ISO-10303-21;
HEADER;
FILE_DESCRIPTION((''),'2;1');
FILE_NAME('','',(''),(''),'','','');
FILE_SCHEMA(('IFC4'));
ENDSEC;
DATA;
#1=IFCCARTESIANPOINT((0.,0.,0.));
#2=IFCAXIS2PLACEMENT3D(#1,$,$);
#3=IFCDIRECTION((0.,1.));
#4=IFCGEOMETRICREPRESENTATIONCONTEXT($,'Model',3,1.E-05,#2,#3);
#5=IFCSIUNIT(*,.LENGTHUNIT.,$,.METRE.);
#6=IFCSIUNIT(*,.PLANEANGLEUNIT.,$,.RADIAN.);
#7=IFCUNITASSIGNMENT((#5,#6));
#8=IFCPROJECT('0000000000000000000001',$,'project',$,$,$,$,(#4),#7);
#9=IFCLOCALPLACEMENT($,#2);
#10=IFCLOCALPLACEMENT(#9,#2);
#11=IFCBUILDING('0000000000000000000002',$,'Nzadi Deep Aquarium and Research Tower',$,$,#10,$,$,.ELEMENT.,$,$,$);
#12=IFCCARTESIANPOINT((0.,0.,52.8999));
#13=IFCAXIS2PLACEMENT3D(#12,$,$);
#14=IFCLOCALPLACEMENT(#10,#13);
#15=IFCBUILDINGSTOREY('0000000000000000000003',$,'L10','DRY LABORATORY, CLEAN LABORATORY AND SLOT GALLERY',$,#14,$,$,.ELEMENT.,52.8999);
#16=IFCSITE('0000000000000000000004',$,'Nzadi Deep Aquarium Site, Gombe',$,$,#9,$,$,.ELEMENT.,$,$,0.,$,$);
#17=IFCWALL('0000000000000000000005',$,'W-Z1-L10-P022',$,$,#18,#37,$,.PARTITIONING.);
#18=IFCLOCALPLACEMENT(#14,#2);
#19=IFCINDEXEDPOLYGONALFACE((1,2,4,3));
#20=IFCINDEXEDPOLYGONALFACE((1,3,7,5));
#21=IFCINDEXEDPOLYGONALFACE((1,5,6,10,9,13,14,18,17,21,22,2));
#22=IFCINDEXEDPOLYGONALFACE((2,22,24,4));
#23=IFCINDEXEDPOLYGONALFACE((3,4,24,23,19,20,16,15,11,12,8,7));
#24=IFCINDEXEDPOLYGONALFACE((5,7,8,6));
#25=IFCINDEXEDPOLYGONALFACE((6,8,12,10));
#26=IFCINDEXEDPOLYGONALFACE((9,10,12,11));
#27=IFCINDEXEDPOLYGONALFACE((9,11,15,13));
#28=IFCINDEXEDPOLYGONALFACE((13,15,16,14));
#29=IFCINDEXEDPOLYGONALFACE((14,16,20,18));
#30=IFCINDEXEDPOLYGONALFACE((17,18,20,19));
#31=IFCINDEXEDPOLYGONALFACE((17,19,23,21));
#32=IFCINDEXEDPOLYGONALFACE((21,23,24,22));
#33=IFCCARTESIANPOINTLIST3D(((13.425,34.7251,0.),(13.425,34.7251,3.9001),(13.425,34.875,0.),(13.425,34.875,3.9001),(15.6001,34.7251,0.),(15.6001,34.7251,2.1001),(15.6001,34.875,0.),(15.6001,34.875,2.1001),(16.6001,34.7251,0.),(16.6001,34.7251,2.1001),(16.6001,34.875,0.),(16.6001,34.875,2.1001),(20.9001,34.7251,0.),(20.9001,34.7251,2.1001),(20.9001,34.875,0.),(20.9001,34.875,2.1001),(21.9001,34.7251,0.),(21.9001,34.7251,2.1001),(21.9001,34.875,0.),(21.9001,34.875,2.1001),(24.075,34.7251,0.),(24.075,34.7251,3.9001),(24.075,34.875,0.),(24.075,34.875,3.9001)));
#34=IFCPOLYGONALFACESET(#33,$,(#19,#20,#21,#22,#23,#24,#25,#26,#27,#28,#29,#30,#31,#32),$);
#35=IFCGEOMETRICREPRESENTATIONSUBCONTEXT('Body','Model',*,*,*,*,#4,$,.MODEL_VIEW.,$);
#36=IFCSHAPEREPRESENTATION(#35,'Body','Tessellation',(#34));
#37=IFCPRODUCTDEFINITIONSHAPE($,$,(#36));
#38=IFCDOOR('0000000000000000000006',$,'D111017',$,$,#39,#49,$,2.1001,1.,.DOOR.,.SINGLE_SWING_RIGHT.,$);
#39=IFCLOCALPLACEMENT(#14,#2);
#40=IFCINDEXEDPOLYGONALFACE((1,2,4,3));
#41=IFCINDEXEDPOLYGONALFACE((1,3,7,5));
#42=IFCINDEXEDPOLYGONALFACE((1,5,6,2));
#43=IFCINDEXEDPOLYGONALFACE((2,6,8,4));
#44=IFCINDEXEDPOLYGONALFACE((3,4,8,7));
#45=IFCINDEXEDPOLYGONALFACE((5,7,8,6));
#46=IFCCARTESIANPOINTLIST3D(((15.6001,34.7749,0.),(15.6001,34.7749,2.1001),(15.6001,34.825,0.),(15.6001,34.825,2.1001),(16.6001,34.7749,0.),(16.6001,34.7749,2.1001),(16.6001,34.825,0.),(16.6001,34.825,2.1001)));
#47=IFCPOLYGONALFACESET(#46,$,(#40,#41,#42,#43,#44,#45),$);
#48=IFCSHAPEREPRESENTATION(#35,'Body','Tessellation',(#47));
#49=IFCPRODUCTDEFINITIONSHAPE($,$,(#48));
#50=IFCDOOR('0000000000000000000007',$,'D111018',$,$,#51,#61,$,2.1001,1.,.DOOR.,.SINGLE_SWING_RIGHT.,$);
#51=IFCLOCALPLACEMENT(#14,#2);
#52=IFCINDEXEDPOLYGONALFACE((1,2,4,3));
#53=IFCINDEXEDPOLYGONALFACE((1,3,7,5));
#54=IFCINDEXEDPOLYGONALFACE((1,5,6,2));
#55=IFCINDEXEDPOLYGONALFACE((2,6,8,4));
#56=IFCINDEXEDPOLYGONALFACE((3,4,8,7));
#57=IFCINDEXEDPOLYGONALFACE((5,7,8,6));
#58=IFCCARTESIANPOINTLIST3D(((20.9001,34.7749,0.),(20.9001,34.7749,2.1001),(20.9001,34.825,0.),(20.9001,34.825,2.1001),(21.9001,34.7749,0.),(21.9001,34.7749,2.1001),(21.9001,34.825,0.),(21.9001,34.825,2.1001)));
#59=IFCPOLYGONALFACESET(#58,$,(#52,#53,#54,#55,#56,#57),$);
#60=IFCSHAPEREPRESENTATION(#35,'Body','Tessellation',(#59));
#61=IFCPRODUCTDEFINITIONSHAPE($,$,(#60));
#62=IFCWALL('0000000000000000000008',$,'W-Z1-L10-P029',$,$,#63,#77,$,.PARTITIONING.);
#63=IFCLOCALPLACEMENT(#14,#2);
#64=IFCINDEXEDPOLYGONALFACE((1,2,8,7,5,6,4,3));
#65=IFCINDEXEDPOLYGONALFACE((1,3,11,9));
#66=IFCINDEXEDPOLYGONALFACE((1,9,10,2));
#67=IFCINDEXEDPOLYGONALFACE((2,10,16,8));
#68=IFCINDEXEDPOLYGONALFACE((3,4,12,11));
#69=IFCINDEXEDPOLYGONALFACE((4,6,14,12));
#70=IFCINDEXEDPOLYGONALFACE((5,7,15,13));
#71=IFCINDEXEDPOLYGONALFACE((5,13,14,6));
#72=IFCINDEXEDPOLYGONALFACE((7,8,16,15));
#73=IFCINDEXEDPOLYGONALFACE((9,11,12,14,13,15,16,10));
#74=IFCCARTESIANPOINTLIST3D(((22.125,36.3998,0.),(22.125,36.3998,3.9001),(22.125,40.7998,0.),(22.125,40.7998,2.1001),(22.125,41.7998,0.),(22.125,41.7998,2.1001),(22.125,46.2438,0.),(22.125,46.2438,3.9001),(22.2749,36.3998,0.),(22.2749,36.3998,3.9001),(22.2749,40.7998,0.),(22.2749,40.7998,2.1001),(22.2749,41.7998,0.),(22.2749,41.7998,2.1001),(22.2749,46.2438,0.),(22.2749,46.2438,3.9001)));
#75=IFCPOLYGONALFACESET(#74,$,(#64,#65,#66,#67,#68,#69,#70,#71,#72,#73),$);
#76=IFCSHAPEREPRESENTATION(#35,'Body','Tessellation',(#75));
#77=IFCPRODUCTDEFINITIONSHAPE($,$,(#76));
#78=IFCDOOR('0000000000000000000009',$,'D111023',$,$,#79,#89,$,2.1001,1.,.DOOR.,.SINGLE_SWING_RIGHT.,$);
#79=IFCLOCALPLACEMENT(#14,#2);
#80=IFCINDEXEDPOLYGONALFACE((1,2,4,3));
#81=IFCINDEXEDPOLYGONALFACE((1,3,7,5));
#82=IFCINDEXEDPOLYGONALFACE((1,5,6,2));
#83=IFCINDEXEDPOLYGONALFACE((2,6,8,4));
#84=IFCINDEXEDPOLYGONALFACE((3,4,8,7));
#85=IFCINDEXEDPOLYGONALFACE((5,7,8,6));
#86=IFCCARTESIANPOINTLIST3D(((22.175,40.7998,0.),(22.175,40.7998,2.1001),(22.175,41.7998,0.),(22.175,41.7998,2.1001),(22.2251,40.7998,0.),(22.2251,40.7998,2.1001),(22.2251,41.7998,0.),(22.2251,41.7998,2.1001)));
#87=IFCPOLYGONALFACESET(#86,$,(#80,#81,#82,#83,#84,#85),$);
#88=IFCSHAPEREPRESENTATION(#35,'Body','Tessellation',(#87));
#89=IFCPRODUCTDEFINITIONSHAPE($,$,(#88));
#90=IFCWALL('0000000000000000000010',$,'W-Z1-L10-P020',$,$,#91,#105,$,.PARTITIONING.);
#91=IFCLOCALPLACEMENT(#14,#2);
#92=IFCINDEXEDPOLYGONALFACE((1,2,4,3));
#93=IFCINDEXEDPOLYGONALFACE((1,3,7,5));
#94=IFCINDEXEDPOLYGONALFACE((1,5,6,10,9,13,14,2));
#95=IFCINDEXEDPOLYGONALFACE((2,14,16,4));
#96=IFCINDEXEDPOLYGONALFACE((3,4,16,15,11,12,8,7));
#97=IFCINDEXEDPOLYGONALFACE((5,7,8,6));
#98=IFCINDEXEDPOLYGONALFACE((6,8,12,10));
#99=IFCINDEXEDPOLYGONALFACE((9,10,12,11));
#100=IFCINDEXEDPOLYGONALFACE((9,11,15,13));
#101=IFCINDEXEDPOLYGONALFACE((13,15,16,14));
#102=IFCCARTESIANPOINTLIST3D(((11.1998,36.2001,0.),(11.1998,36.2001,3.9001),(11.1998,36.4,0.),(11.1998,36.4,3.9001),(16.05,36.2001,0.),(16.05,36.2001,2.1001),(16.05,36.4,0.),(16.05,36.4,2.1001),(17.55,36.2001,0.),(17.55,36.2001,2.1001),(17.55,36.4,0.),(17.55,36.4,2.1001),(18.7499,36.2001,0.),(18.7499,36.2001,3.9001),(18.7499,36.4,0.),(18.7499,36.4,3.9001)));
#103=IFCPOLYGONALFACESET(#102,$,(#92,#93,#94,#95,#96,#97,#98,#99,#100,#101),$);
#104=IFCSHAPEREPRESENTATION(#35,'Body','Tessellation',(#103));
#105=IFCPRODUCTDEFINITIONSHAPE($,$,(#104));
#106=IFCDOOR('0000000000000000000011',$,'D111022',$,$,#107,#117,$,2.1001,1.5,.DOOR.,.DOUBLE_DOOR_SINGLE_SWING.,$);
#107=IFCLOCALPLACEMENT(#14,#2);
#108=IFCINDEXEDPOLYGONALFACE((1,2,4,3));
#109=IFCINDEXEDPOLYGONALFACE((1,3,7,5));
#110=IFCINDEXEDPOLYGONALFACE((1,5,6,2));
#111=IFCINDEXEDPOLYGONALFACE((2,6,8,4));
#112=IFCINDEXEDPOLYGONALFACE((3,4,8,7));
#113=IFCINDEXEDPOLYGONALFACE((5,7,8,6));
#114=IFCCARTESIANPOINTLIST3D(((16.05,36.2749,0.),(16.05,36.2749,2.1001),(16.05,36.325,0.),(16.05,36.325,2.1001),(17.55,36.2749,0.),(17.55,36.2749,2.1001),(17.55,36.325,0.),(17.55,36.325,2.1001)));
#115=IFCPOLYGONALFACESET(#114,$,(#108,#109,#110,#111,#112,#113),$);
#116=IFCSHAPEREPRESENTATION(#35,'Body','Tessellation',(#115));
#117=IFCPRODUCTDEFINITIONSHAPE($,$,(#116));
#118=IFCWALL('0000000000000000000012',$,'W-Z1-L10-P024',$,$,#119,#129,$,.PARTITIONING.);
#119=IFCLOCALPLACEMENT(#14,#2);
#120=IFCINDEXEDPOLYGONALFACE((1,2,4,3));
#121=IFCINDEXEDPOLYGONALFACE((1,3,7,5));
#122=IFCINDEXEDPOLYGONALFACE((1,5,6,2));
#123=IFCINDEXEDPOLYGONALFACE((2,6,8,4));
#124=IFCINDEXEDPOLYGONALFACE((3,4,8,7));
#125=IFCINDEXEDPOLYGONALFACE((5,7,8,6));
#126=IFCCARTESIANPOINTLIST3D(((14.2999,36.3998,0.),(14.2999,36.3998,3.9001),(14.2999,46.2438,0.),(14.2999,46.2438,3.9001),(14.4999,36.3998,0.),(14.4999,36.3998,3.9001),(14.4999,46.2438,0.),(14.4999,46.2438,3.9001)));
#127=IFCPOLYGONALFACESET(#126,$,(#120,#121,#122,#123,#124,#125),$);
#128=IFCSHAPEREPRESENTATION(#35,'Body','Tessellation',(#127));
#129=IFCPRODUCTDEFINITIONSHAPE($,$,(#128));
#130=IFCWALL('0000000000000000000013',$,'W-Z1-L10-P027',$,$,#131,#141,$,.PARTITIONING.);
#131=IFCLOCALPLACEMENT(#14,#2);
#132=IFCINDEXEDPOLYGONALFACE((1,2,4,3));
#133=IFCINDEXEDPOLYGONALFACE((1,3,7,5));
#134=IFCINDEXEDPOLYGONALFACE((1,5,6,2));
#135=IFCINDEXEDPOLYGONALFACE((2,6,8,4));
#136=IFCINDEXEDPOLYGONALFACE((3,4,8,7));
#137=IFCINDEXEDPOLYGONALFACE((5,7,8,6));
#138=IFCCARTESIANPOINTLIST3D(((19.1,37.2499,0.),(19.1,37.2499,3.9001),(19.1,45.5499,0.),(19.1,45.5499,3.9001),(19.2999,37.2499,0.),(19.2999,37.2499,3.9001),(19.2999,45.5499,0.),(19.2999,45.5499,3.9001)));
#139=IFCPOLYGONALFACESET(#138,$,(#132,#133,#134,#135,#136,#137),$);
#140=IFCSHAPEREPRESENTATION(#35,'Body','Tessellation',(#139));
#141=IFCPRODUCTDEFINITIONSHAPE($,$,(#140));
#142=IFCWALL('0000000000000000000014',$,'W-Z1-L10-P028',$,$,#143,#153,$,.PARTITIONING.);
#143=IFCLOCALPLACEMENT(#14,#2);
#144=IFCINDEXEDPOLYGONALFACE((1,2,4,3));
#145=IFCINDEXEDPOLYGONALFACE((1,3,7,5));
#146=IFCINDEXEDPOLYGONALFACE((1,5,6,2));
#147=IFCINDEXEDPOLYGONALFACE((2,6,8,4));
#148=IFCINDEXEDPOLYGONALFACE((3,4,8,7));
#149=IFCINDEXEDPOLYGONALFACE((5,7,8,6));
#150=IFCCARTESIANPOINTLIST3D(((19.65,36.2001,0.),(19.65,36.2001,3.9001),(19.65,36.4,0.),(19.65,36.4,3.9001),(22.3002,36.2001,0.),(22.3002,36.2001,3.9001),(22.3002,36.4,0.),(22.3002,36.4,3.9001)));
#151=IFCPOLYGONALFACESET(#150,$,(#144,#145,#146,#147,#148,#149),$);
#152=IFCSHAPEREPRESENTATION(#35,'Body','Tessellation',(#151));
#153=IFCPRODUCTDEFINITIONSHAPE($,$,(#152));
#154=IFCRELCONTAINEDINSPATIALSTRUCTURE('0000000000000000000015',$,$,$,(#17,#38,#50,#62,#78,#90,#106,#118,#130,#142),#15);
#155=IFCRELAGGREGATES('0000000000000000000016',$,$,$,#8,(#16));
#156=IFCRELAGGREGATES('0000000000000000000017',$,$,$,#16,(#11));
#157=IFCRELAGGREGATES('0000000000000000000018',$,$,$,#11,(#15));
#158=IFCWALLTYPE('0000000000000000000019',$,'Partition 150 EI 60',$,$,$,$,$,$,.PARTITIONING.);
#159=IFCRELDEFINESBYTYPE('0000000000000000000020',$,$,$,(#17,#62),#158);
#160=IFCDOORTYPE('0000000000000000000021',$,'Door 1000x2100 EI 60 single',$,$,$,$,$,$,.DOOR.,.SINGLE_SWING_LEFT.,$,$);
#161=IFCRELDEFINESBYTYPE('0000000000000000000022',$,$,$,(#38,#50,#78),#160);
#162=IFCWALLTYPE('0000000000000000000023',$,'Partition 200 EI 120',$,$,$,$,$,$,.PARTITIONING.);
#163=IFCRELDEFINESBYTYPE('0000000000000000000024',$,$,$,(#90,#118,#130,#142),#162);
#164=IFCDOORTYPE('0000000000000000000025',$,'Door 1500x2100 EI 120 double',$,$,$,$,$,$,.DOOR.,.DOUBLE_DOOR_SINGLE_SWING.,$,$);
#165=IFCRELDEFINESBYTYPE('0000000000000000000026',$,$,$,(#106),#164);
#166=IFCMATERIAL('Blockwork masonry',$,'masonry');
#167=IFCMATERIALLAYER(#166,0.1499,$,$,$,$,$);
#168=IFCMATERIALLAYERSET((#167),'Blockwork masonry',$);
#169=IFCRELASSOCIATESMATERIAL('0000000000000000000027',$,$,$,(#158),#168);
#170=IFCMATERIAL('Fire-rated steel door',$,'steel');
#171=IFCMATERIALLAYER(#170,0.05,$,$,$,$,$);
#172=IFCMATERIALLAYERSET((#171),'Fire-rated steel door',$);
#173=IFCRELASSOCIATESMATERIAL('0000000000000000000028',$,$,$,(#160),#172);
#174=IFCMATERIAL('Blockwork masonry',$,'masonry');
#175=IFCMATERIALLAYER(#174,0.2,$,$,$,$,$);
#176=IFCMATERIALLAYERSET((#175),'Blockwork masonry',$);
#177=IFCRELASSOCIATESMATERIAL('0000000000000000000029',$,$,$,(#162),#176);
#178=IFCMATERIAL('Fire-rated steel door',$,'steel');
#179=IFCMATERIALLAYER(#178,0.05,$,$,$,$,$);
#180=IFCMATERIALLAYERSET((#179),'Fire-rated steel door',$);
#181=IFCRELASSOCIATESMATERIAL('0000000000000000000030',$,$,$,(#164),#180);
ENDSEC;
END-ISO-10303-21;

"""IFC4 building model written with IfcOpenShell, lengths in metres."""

from ifc_helpers import new_model, si_unit, direction, frame, frame_2d, origin, place, context, subcontext, project, spatial, rectangle, extrude, material, layer, layer_set, type_object, element, fill, save


model = new_model("IFC4")

# Units and contexts
model_context = context("Model", 3, precision=1e-05, world=origin(), true_north=direction((0.0, 1.0)))
body_context = subcontext(model_context, "Body", "Model", "MODEL_VIEW")
ifc_project = project(units=[si_unit("LENGTHUNIT", "METRE"), si_unit("PLANEANGLEUNIT", "RADIAN")], contexts=[model_context])

# Site, building, storey
site_placement = place(None, origin())
site = spatial("IfcSite", under=ifc_project, at=site_placement, Name="Nzadi Deep Aquarium Site, Gombe", CompositionType="ELEMENT", RefElevation=0.0)
building_placement = place(site_placement, origin())
building = spatial("IfcBuilding", under=site, at=building_placement, Name="Nzadi Deep Aquarium and Research Tower", CompositionType="ELEMENT")
storey_placement = place(building_placement, frame((0.0, 0.0, 52.8999)))
storey = spatial("IfcBuildingStorey", under=building, at=storey_placement, Name="L10", Description="DRY LABORATORY, CLEAN LABORATORY AND SLOT GALLERY", CompositionType="ELEMENT", Elevation=52.8999)

# Shared definitions
ifc_material_1 = material(Name="Blockwork masonry", Category="masonry")
ifc_layer_1 = layer(ifc_material_1, 0.1499)
ifc_layer_set_1 = layer_set([ifc_layer_1], Name="Blockwork masonry")
wall_type_1 = type_object("IfcWallType", Name="Partition 150 EI 60", PredefinedType="PARTITIONING", material=ifc_layer_set_1)

# Wall, openings, doors
wall_1_placement = place(storey_placement, frame((13.425, 34.8, 0.0), z_axis=(0.0, 0.0, 1.0), x_axis=(1.0, 0.0, 0.0)))
wall_1 = element("IfcWall", 1, at=wall_1_placement, inside=storey, type_object=wall_type_1, Name="W-Z1-L10-P022", PredefinedType="PARTITIONING", context=body_context, shape_type="SweptSolid", body=[
    extrude(rectangle(XDim=10.6499, YDim=0.1499, at=frame_2d((5.325, 0.0))), origin(), (0.0, 0.0, 1.0), 3.9001),
])
opening_1_placement = place(wall_1_placement, frame((2.175, 0.0, 0.0)))
opening_1 = element("IfcOpeningElement", 2, at=opening_1_placement, cuts=wall_1, PredefinedType="OPENING", context=body_context, shape_type="SweptSolid", body=[
    extrude(rectangle(XDim=1.0, YDim=2.1001, at=frame_2d((0.5, 1.05))), frame((0.0, 0.085, 0.0), z_axis=(0.0, -1.0, 0.0), x_axis=(1.0, 0.0, 0.0)), (0.0, 0.0, 1.0), 0.1699),
])
opening_2_placement = place(wall_1_placement, frame((7.4751, 0.0, 0.0)))
opening_2 = element("IfcOpeningElement", 3, at=opening_2_placement, cuts=wall_1, PredefinedType="OPENING", context=body_context, shape_type="SweptSolid", body=[
    extrude(rectangle(XDim=1.0, YDim=2.1001, at=frame_2d((0.5, 1.05))), frame((0.0, 0.085, 0.0), z_axis=(0.0, -1.0, 0.0), x_axis=(1.0, 0.0, 0.0)), (0.0, 0.0, 1.0), 0.1699),
])
ifc_material_2 = material(Name="Fire-rated steel door", Category="steel")
ifc_layer_2 = layer(ifc_material_2, 0.05)
ifc_layer_set_2 = layer_set([ifc_layer_2], Name="Fire-rated steel door")
door_type_1 = type_object("IfcDoorType", Name="Door 1000x2100 EI 60 single", OperationType="SINGLE_SWING_LEFT", PredefinedType="DOOR", material=ifc_layer_set_2)
door_1_placement = place(opening_1_placement, origin())
door_1 = element("IfcDoor", 4, at=door_1_placement, inside=storey, type_object=door_type_1, Name="D111017", OperationType="SINGLE_SWING_RIGHT", OverallHeight=2.1001, OverallWidth=1.0, PredefinedType="DOOR", context=body_context, shape_type="SweptSolid", body=[
    extrude(rectangle(XDim=1.0, YDim=2.1001, at=frame_2d((0.5, 1.05))), frame((0.0, 0.0249, 0.0), z_axis=(0.0, -1.0, 0.0), x_axis=(1.0, 0.0, 0.0)), (0.0, 0.0, 1.0), 0.05),
])
fill(opening_1, door_1)
door_2_placement = place(opening_2_placement, origin())
door_2 = element("IfcDoor", 5, at=door_2_placement, inside=storey, type_object=door_type_1, Name="D111018", OperationType="SINGLE_SWING_RIGHT", OverallHeight=2.1001, OverallWidth=1.0, PredefinedType="DOOR", context=body_context, shape_type="SweptSolid", body=[
    extrude(rectangle(XDim=1.0, YDim=2.1001, at=frame_2d((0.5, 1.05))), frame((0.0, 0.0249, 0.0), z_axis=(0.0, -1.0, 0.0), x_axis=(1.0, 0.0, 0.0)), (0.0, 0.0, 1.0), 0.05),
])
fill(opening_2, door_2)

# Walls, openings, doors
wall_2_placement = place(storey_placement, frame((22.2, 36.3999, 0.0), z_axis=(0.0, 0.0, 1.0), x_axis=(0.0, 1.0, 0.0)))
wall_2 = element("IfcWall", 6, at=wall_2_placement, inside=storey, type_object=wall_type_1, Name="W-Z1-L10-P029", PredefinedType="PARTITIONING", context=body_context, shape_type="SweptSolid", body=[
    extrude(rectangle(XDim=9.844, YDim=0.1499, at=frame_2d((4.9219, 0.0))), origin(), (0.0, 0.0, 1.0), 3.9001),
])
opening_3_placement = place(wall_2_placement, frame((4.3999, 0.0, 0.0)))
opening_3 = element("IfcOpeningElement", 7, at=opening_3_placement, cuts=wall_2, PredefinedType="OPENING", context=body_context, shape_type="SweptSolid", body=[
    extrude(rectangle(XDim=1.0, YDim=2.1001, at=frame_2d((0.5, 1.05))), frame((0.0, 0.085, 0.0), z_axis=(0.0, -1.0, 0.0), x_axis=(1.0, 0.0, 0.0)), (0.0, 0.0, 1.0), 0.1699),
])
door_3_placement = place(opening_3_placement, origin())
door_3 = element("IfcDoor", 8, at=door_3_placement, inside=storey, type_object=door_type_1, Name="D111023", OperationType="SINGLE_SWING_RIGHT", OverallHeight=2.1001, OverallWidth=1.0, PredefinedType="DOOR", context=body_context, shape_type="SweptSolid", body=[
    extrude(rectangle(XDim=1.0, YDim=2.1001, at=frame_2d((0.5, 1.05))), frame((0.0, 0.0249, 0.0), z_axis=(0.0, -1.0, 0.0), x_axis=(1.0, 0.0, 0.0)), (0.0, 0.0, 1.0), 0.05),
])
fill(opening_3, door_3)
ifc_material_3 = material(Name="Blockwork masonry", Category="masonry")
ifc_layer_3 = layer(ifc_material_3, 0.2)
ifc_layer_set_3 = layer_set([ifc_layer_3], Name="Blockwork masonry")
wall_type_2 = type_object("IfcWallType", Name="Partition 200 EI 120", PredefinedType="PARTITIONING", material=ifc_layer_set_3)
wall_3_placement = place(storey_placement, frame((11.2, 36.3, 0.0), z_axis=(0.0, 0.0, 1.0), x_axis=(1.0, 0.0, 0.0)))
wall_3 = element("IfcWall", 9, at=wall_3_placement, inside=storey, type_object=wall_type_2, Name="W-Z1-L10-P020", PredefinedType="PARTITIONING", context=body_context, shape_type="SweptSolid", body=[
    extrude(rectangle(XDim=7.55, YDim=0.2, at=frame_2d((3.7749, 0.0))), origin(), (0.0, 0.0, 1.0), 3.9001),
])
opening_4_placement = place(wall_3_placement, frame((4.8501, 0.0, 0.0)))
opening_4 = element("IfcOpeningElement", 10, at=opening_4_placement, cuts=wall_3, PredefinedType="OPENING", context=body_context, shape_type="SweptSolid", body=[
    extrude(rectangle(XDim=1.5, YDim=2.1001, at=frame_2d((0.75, 1.05))), frame((0.0, 0.1101, 0.0), z_axis=(0.0, -1.0, 0.0), x_axis=(1.0, 0.0, 0.0)), (0.0, 0.0, 1.0), 0.2202),
])
ifc_material_4 = material(Name="Fire-rated steel door", Category="steel")
ifc_layer_4 = layer(ifc_material_4, 0.05)
ifc_layer_set_4 = layer_set([ifc_layer_4], Name="Fire-rated steel door")
door_type_2 = type_object("IfcDoorType", Name="Door 1500x2100 EI 120 double", OperationType="DOUBLE_DOOR_SINGLE_SWING", PredefinedType="DOOR", material=ifc_layer_set_4)
door_4_placement = place(opening_4_placement, origin())
door_4 = element("IfcDoor", 11, at=door_4_placement, inside=storey, type_object=door_type_2, Name="D111022", OperationType="DOUBLE_DOOR_SINGLE_SWING", OverallHeight=2.1001, OverallWidth=1.5, PredefinedType="DOOR", context=body_context, shape_type="SweptSolid", body=[
    extrude(rectangle(XDim=1.5, YDim=2.1001, at=frame_2d((0.75, 1.05))), frame((0.0, 0.0249, 0.0), z_axis=(0.0, -1.0, 0.0), x_axis=(1.0, 0.0, 0.0)), (0.0, 0.0, 1.0), 0.05),
])
fill(opening_4, door_4)

# Walls
wall_4_placement = place(storey_placement, frame((14.3999, 36.3999, 0.0), z_axis=(0.0, 0.0, 1.0), x_axis=(0.0, 1.0, 0.0)))
element("IfcWall", 12, at=wall_4_placement, inside=storey, type_object=wall_type_2, Name="W-Z1-L10-P024", PredefinedType="PARTITIONING", context=body_context, shape_type="SweptSolid", body=[
    extrude(rectangle(XDim=9.844, YDim=0.2, at=frame_2d((4.9219, 0.0))), origin(), (0.0, 0.0, 1.0), 3.9001),
])
wall_5_placement = place(storey_placement, frame((19.2, 37.25, 0.0), z_axis=(0.0, 0.0, 1.0), x_axis=(0.0, 1.0, 0.0)))
element("IfcWall", 13, at=wall_5_placement, inside=storey, type_object=wall_type_2, Name="W-Z1-L10-P027", PredefinedType="PARTITIONING", context=body_context, shape_type="SweptSolid", body=[
    extrude(rectangle(XDim=8.3, YDim=0.2, at=frame_2d((4.1499, 0.0))), origin(), (0.0, 0.0, 1.0), 3.9001),
])
wall_6_placement = place(storey_placement, frame((19.6499, 36.3, 0.0), z_axis=(0.0, 0.0, 1.0), x_axis=(1.0, 0.0, 0.0)))
element("IfcWall", 14, at=wall_6_placement, inside=storey, type_object=wall_type_2, Name="W-Z1-L10-P028", PredefinedType="PARTITIONING", context=body_context, shape_type="SweptSolid", body=[
    extrude(rectangle(XDim=2.6501, YDim=0.2, at=frame_2d((1.3252, 0.0))), origin(), (0.0, 0.0, 1.0), 3.9001),
])

save(model, "model.ifc")
